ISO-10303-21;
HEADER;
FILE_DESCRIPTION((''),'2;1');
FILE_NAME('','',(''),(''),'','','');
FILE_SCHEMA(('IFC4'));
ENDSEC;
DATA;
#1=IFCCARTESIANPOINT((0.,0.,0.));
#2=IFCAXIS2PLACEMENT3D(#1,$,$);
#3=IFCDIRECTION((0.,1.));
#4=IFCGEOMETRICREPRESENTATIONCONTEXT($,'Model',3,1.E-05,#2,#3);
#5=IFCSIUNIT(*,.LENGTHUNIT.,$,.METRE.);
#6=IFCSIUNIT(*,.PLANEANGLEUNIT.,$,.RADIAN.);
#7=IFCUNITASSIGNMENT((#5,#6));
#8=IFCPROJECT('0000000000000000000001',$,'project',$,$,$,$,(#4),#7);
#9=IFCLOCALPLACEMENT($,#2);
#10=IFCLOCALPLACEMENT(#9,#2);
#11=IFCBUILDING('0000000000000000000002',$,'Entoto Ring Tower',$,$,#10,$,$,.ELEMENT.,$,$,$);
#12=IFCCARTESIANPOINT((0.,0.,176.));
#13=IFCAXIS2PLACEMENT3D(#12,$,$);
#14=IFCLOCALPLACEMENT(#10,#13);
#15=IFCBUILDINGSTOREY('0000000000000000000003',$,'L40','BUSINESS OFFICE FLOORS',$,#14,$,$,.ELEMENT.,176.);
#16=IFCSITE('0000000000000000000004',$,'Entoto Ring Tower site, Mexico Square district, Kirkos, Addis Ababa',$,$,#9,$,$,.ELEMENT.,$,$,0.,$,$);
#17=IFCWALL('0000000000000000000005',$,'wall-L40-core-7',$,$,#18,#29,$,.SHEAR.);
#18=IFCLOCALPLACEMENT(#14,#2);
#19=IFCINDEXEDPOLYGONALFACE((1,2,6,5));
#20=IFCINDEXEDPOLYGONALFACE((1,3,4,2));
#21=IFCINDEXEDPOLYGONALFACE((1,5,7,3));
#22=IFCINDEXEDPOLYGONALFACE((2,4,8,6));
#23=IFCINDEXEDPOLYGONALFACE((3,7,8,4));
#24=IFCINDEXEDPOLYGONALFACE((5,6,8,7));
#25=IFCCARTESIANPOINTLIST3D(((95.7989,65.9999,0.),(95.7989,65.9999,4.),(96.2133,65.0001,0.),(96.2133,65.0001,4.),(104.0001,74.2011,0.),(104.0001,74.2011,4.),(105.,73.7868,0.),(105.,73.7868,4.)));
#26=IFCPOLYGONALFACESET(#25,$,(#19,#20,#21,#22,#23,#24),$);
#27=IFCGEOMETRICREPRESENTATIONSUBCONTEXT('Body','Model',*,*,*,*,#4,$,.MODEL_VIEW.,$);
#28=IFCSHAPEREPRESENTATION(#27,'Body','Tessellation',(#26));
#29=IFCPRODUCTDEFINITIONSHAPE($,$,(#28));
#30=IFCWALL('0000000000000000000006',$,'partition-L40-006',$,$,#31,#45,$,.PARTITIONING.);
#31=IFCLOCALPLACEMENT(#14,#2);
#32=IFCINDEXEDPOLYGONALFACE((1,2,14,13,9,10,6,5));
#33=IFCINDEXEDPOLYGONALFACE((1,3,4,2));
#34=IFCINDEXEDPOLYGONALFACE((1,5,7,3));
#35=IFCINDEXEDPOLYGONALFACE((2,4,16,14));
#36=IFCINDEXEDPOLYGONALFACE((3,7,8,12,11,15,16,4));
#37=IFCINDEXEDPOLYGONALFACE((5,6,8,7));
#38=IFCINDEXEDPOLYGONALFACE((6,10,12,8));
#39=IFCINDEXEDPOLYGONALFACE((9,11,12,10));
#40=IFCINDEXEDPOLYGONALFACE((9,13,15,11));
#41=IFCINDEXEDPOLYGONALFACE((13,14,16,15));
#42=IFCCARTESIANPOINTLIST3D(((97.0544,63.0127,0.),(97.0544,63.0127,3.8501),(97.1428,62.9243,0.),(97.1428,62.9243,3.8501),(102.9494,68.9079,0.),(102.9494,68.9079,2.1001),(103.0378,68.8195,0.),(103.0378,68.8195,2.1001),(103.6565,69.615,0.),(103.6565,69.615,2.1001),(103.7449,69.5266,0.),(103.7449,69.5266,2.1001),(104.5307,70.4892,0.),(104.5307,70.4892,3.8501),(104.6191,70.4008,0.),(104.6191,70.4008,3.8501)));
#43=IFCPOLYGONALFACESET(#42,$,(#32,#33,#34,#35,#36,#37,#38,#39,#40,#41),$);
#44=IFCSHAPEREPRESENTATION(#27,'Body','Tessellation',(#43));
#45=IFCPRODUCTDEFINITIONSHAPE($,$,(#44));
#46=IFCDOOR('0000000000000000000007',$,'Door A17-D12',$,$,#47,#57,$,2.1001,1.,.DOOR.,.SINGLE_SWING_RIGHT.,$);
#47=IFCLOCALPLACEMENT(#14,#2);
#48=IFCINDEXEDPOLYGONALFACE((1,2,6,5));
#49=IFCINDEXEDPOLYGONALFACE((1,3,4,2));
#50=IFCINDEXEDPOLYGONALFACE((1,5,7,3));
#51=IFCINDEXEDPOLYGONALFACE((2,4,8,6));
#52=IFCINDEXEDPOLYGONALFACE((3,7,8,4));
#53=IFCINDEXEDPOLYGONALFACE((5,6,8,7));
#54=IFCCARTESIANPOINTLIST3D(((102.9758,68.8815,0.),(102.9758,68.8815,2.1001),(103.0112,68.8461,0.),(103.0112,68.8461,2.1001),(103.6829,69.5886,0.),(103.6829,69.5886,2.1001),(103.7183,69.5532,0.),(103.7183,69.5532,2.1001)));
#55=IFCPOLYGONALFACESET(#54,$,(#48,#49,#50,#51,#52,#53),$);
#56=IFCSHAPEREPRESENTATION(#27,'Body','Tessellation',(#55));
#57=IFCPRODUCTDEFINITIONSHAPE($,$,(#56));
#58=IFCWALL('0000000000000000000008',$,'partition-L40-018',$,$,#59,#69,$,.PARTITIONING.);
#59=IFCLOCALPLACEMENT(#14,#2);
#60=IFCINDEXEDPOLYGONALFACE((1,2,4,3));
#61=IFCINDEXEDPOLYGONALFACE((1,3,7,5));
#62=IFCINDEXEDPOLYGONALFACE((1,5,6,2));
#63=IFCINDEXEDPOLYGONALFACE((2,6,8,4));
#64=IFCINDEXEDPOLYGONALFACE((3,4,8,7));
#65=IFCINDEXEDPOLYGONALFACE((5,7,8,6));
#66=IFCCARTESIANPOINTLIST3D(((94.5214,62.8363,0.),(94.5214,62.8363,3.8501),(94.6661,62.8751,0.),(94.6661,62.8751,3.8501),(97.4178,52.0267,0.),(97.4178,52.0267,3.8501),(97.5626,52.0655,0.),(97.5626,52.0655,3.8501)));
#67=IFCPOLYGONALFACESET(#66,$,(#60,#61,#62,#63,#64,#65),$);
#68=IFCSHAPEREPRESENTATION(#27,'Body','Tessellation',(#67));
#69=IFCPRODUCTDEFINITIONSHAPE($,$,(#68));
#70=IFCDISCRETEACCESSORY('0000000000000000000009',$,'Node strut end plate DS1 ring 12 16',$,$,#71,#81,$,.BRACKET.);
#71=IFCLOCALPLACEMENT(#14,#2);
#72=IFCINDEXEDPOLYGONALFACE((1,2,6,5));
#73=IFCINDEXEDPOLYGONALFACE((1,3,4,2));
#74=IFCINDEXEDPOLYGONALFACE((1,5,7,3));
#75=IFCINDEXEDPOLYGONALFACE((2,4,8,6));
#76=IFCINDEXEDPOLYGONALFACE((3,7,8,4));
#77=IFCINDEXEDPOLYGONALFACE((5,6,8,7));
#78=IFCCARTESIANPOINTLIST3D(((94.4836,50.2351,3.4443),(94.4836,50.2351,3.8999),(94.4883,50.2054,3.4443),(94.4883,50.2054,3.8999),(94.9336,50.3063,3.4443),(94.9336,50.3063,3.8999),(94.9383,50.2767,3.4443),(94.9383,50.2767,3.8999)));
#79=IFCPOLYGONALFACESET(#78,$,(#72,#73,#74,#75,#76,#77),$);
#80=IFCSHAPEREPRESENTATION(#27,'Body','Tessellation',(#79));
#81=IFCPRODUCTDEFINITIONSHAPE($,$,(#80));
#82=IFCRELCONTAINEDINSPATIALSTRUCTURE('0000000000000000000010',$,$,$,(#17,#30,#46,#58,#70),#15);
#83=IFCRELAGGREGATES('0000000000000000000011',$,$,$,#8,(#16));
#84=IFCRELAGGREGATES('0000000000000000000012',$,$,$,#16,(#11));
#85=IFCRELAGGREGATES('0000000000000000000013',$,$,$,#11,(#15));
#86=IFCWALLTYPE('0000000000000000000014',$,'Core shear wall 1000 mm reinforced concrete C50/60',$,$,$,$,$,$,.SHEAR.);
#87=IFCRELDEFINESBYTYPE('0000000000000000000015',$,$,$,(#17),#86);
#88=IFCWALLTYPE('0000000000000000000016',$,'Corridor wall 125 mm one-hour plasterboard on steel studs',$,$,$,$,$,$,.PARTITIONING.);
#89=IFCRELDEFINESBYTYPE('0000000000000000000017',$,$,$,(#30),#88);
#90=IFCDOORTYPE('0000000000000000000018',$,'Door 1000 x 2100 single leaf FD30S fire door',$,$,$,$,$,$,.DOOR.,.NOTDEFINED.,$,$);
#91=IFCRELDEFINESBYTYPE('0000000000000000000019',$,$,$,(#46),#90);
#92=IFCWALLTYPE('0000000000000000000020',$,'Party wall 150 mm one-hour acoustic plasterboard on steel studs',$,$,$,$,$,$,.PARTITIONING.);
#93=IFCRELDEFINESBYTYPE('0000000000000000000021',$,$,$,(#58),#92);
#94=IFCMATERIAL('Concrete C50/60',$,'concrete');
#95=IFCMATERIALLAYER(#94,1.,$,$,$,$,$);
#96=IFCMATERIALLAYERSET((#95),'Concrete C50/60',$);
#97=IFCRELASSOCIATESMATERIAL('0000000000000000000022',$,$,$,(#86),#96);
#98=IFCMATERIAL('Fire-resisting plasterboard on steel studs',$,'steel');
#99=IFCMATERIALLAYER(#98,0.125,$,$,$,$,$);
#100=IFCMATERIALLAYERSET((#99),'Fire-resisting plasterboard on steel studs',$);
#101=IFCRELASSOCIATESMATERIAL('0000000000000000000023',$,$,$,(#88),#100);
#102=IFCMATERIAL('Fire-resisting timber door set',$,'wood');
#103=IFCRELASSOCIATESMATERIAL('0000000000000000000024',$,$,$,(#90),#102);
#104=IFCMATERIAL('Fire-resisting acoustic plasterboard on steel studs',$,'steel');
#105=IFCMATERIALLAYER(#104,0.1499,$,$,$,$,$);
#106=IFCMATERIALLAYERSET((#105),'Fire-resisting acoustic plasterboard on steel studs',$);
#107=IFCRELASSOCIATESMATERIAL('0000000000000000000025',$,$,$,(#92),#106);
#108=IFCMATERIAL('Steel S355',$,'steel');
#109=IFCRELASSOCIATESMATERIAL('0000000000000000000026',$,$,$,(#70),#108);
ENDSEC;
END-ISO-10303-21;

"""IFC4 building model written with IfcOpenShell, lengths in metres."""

from ifc_helpers import new_model, si_unit, direction, frame, frame_2d, origin, origin_2d, place, context, subcontext, project, spatial, polyline, rectangle, outline, extrude, material, layer, layer_set, type_object, element, fill, save


model = new_model("IFC4")

# Units and contexts
model_context = context("Model", 3, precision=1e-05, world=origin(), true_north=direction((0.0, 1.0)))
body_context = subcontext(model_context, "Body", "Model", "MODEL_VIEW")
ifc_project = project(units=[si_unit("LENGTHUNIT", "METRE"), si_unit("PLANEANGLEUNIT", "RADIAN")], contexts=[model_context])

# Site, building, storey
site_placement = place(None, origin())
site = spatial("IfcSite", under=ifc_project, at=site_placement, Name="Entoto Ring Tower site, Mexico Square district, Kirkos, Addis Ababa", CompositionType="ELEMENT", RefElevation=0.0)
building_placement = place(site_placement, origin())
building = spatial("IfcBuilding", under=site, at=building_placement, Name="Entoto Ring Tower", CompositionType="ELEMENT")
storey_placement = place(building_placement, frame((0.0, 0.0, 176.0)))
storey = spatial("IfcBuildingStorey", under=building, at=storey_placement, Name="L40", Description="BUSINESS OFFICE FLOORS", CompositionType="ELEMENT", Elevation=176.0)

# Wall
ifc_material_1 = material(Name="Concrete C50/60", Category="concrete")
ifc_layer_1 = layer(ifc_material_1, 1.0)
ifc_layer_set_1 = layer_set([ifc_layer_1], Name="Concrete C50/60")
wall_type_1 = type_object("IfcWallType", Name="Core shear wall 1000 mm reinforced concrete C50/60", PredefinedType="SHEAR", material=ifc_layer_set_1)
wall_1_placement = place(storey_placement, frame((96.0061, 65.5, 0.0), z_axis=(0.0, 0.0, 1.0), x_axis=(0.707107, 0.707107, 0.0)))
element("IfcWall", 1, at=wall_1_placement, inside=storey, type_object=wall_type_1, Name="wall-L40-core-7", PredefinedType="SHEAR", context=body_context, shape_type="SweptSolid", body=[
    extrude(outline(polyline([(-0.207, -0.5), (12.2192, -0.5), (11.8052, 0.5), (0.207, 0.5), (-0.207, -0.5)])), origin(), (0.0, 0.0, 1.0), 4.0),
])

# Wall, opening, door
ifc_material_2 = material(Name="Fire-resisting plasterboard on steel studs", Category="steel")
ifc_layer_2 = layer(ifc_material_2, 0.125)
ifc_layer_set_2 = layer_set([ifc_layer_2], Name="Fire-resisting plasterboard on steel studs")
wall_type_2 = type_object("IfcWallType", Name="Corridor wall 125 mm one-hour plasterboard on steel studs", PredefinedType="PARTITIONING", material=ifc_layer_set_2)
wall_2_placement = place(storey_placement, frame((97.0986, 62.9685, 0.0), z_axis=(0.0, 0.0, 1.0), x_axis=(0.707095, 0.707118, 0.0)))
wall_2 = element("IfcWall", 2, at=wall_2_placement, inside=storey, type_object=wall_type_2, Name="partition-L40-006", PredefinedType="PARTITIONING", context=body_context, shape_type="SweptSolid", body=[
    extrude(rectangle(XDim=10.5732, YDim=0.125, at=frame_2d((5.2866, 0.0))), origin(), (0.0, 0.0, 1.0), 3.8501),
])
opening_placement = place(wall_2_placement, frame((8.3369, 0.0, 0.0)))
opening = element("IfcOpeningElement", 3, at=opening_placement, cuts=wall_2, PredefinedType="OPENING", context=body_context, shape_type="SweptSolid", body=[
    extrude(rectangle(XDim=1.0, YDim=2.1001, at=frame_2d((0.5, 1.05))), frame((0.0, 0.0725, 0.0), z_axis=(0.0, -1.0, 0.0), x_axis=(1.0, 0.0, 0.0)), (0.0, 0.0, 1.0), 0.145),
])
ifc_material_3 = material(Name="Fire-resisting timber door set", Category="wood")
door_type = type_object("IfcDoorType", Name="Door 1000 x 2100 single leaf FD30S fire door", OperationType="NOTDEFINED", PredefinedType="DOOR", material=ifc_material_3)
door_placement = place(opening_placement, frame((1.0, 0.0, 0.0), z_axis=(0.0, 0.0, 1.0), x_axis=(-1.0, 0.0, 0.0)))
door = element("IfcDoor", 4, at=door_placement, inside=storey, type_object=door_type, Name="Door A17-D12", OperationType="SINGLE_SWING_RIGHT", OverallHeight=2.1001, OverallWidth=1.0, PredefinedType="DOOR", context=body_context, shape_type="SweptSolid", body=[
    extrude(rectangle(XDim=1.0, YDim=2.1001, at=frame_2d((0.5, 1.05))), frame((0.0, 0.0249, 0.0), z_axis=(0.0, -1.0, 0.0), x_axis=(1.0, 0.0, 0.0)), (0.0, 0.0, 1.0), 0.05),
])
fill(opening, door)

# Wall
ifc_material_4 = material(Name="Fire-resisting acoustic plasterboard on steel studs", Category="steel")
ifc_layer_3 = layer(ifc_material_4, 0.1499)
ifc_layer_set_3 = layer_set([ifc_layer_3], Name="Fire-resisting acoustic plasterboard on steel studs")
wall_type_3 = type_object("IfcWallType", Name="Party wall 150 mm one-hour acoustic plasterboard on steel studs", PredefinedType="PARTITIONING", material=ifc_layer_set_3)
wall_3_placement = place(storey_placement, frame((97.4902, 52.0461, 0.0), z_axis=(0.0, 0.0, 1.0), x_axis=(-0.258825, 0.965924, 0.0)))
element("IfcWall", 5, at=wall_3_placement, inside=storey, type_object=wall_type_3, Name="partition-L40-018", PredefinedType="PARTITIONING", context=body_context, shape_type="SweptSolid", body=[
    extrude(rectangle(XDim=11.1909, YDim=0.1499, at=frame_2d((5.5955, 0.0))), origin(), (0.0, 0.0, 1.0), 3.8501),
])

# Discrete accessory
ifc_material_5 = material(Name="Steel S355", Category="steel")
discrete_accessory_placement = place(storey_placement, frame((94.7109, 50.2559, 3.4443), z_axis=(0.0, 0.0, 1.0), x_axis=(0.156434, -0.987688, 0.0)))
element("IfcDiscreteAccessory", 6, at=discrete_accessory_placement, inside=storey, material=ifc_material_5, Name="Node strut end plate DS1 ring 12 16", PredefinedType="BRACKET", context=body_context, shape_type="SweptSolid", body=[
    extrude(rectangle(XDim=0.03, YDim=0.4556, at=origin_2d()), origin(), (0.0, 0.0, 1.0), 0.4556),
])

save(model, "model.ifc")
